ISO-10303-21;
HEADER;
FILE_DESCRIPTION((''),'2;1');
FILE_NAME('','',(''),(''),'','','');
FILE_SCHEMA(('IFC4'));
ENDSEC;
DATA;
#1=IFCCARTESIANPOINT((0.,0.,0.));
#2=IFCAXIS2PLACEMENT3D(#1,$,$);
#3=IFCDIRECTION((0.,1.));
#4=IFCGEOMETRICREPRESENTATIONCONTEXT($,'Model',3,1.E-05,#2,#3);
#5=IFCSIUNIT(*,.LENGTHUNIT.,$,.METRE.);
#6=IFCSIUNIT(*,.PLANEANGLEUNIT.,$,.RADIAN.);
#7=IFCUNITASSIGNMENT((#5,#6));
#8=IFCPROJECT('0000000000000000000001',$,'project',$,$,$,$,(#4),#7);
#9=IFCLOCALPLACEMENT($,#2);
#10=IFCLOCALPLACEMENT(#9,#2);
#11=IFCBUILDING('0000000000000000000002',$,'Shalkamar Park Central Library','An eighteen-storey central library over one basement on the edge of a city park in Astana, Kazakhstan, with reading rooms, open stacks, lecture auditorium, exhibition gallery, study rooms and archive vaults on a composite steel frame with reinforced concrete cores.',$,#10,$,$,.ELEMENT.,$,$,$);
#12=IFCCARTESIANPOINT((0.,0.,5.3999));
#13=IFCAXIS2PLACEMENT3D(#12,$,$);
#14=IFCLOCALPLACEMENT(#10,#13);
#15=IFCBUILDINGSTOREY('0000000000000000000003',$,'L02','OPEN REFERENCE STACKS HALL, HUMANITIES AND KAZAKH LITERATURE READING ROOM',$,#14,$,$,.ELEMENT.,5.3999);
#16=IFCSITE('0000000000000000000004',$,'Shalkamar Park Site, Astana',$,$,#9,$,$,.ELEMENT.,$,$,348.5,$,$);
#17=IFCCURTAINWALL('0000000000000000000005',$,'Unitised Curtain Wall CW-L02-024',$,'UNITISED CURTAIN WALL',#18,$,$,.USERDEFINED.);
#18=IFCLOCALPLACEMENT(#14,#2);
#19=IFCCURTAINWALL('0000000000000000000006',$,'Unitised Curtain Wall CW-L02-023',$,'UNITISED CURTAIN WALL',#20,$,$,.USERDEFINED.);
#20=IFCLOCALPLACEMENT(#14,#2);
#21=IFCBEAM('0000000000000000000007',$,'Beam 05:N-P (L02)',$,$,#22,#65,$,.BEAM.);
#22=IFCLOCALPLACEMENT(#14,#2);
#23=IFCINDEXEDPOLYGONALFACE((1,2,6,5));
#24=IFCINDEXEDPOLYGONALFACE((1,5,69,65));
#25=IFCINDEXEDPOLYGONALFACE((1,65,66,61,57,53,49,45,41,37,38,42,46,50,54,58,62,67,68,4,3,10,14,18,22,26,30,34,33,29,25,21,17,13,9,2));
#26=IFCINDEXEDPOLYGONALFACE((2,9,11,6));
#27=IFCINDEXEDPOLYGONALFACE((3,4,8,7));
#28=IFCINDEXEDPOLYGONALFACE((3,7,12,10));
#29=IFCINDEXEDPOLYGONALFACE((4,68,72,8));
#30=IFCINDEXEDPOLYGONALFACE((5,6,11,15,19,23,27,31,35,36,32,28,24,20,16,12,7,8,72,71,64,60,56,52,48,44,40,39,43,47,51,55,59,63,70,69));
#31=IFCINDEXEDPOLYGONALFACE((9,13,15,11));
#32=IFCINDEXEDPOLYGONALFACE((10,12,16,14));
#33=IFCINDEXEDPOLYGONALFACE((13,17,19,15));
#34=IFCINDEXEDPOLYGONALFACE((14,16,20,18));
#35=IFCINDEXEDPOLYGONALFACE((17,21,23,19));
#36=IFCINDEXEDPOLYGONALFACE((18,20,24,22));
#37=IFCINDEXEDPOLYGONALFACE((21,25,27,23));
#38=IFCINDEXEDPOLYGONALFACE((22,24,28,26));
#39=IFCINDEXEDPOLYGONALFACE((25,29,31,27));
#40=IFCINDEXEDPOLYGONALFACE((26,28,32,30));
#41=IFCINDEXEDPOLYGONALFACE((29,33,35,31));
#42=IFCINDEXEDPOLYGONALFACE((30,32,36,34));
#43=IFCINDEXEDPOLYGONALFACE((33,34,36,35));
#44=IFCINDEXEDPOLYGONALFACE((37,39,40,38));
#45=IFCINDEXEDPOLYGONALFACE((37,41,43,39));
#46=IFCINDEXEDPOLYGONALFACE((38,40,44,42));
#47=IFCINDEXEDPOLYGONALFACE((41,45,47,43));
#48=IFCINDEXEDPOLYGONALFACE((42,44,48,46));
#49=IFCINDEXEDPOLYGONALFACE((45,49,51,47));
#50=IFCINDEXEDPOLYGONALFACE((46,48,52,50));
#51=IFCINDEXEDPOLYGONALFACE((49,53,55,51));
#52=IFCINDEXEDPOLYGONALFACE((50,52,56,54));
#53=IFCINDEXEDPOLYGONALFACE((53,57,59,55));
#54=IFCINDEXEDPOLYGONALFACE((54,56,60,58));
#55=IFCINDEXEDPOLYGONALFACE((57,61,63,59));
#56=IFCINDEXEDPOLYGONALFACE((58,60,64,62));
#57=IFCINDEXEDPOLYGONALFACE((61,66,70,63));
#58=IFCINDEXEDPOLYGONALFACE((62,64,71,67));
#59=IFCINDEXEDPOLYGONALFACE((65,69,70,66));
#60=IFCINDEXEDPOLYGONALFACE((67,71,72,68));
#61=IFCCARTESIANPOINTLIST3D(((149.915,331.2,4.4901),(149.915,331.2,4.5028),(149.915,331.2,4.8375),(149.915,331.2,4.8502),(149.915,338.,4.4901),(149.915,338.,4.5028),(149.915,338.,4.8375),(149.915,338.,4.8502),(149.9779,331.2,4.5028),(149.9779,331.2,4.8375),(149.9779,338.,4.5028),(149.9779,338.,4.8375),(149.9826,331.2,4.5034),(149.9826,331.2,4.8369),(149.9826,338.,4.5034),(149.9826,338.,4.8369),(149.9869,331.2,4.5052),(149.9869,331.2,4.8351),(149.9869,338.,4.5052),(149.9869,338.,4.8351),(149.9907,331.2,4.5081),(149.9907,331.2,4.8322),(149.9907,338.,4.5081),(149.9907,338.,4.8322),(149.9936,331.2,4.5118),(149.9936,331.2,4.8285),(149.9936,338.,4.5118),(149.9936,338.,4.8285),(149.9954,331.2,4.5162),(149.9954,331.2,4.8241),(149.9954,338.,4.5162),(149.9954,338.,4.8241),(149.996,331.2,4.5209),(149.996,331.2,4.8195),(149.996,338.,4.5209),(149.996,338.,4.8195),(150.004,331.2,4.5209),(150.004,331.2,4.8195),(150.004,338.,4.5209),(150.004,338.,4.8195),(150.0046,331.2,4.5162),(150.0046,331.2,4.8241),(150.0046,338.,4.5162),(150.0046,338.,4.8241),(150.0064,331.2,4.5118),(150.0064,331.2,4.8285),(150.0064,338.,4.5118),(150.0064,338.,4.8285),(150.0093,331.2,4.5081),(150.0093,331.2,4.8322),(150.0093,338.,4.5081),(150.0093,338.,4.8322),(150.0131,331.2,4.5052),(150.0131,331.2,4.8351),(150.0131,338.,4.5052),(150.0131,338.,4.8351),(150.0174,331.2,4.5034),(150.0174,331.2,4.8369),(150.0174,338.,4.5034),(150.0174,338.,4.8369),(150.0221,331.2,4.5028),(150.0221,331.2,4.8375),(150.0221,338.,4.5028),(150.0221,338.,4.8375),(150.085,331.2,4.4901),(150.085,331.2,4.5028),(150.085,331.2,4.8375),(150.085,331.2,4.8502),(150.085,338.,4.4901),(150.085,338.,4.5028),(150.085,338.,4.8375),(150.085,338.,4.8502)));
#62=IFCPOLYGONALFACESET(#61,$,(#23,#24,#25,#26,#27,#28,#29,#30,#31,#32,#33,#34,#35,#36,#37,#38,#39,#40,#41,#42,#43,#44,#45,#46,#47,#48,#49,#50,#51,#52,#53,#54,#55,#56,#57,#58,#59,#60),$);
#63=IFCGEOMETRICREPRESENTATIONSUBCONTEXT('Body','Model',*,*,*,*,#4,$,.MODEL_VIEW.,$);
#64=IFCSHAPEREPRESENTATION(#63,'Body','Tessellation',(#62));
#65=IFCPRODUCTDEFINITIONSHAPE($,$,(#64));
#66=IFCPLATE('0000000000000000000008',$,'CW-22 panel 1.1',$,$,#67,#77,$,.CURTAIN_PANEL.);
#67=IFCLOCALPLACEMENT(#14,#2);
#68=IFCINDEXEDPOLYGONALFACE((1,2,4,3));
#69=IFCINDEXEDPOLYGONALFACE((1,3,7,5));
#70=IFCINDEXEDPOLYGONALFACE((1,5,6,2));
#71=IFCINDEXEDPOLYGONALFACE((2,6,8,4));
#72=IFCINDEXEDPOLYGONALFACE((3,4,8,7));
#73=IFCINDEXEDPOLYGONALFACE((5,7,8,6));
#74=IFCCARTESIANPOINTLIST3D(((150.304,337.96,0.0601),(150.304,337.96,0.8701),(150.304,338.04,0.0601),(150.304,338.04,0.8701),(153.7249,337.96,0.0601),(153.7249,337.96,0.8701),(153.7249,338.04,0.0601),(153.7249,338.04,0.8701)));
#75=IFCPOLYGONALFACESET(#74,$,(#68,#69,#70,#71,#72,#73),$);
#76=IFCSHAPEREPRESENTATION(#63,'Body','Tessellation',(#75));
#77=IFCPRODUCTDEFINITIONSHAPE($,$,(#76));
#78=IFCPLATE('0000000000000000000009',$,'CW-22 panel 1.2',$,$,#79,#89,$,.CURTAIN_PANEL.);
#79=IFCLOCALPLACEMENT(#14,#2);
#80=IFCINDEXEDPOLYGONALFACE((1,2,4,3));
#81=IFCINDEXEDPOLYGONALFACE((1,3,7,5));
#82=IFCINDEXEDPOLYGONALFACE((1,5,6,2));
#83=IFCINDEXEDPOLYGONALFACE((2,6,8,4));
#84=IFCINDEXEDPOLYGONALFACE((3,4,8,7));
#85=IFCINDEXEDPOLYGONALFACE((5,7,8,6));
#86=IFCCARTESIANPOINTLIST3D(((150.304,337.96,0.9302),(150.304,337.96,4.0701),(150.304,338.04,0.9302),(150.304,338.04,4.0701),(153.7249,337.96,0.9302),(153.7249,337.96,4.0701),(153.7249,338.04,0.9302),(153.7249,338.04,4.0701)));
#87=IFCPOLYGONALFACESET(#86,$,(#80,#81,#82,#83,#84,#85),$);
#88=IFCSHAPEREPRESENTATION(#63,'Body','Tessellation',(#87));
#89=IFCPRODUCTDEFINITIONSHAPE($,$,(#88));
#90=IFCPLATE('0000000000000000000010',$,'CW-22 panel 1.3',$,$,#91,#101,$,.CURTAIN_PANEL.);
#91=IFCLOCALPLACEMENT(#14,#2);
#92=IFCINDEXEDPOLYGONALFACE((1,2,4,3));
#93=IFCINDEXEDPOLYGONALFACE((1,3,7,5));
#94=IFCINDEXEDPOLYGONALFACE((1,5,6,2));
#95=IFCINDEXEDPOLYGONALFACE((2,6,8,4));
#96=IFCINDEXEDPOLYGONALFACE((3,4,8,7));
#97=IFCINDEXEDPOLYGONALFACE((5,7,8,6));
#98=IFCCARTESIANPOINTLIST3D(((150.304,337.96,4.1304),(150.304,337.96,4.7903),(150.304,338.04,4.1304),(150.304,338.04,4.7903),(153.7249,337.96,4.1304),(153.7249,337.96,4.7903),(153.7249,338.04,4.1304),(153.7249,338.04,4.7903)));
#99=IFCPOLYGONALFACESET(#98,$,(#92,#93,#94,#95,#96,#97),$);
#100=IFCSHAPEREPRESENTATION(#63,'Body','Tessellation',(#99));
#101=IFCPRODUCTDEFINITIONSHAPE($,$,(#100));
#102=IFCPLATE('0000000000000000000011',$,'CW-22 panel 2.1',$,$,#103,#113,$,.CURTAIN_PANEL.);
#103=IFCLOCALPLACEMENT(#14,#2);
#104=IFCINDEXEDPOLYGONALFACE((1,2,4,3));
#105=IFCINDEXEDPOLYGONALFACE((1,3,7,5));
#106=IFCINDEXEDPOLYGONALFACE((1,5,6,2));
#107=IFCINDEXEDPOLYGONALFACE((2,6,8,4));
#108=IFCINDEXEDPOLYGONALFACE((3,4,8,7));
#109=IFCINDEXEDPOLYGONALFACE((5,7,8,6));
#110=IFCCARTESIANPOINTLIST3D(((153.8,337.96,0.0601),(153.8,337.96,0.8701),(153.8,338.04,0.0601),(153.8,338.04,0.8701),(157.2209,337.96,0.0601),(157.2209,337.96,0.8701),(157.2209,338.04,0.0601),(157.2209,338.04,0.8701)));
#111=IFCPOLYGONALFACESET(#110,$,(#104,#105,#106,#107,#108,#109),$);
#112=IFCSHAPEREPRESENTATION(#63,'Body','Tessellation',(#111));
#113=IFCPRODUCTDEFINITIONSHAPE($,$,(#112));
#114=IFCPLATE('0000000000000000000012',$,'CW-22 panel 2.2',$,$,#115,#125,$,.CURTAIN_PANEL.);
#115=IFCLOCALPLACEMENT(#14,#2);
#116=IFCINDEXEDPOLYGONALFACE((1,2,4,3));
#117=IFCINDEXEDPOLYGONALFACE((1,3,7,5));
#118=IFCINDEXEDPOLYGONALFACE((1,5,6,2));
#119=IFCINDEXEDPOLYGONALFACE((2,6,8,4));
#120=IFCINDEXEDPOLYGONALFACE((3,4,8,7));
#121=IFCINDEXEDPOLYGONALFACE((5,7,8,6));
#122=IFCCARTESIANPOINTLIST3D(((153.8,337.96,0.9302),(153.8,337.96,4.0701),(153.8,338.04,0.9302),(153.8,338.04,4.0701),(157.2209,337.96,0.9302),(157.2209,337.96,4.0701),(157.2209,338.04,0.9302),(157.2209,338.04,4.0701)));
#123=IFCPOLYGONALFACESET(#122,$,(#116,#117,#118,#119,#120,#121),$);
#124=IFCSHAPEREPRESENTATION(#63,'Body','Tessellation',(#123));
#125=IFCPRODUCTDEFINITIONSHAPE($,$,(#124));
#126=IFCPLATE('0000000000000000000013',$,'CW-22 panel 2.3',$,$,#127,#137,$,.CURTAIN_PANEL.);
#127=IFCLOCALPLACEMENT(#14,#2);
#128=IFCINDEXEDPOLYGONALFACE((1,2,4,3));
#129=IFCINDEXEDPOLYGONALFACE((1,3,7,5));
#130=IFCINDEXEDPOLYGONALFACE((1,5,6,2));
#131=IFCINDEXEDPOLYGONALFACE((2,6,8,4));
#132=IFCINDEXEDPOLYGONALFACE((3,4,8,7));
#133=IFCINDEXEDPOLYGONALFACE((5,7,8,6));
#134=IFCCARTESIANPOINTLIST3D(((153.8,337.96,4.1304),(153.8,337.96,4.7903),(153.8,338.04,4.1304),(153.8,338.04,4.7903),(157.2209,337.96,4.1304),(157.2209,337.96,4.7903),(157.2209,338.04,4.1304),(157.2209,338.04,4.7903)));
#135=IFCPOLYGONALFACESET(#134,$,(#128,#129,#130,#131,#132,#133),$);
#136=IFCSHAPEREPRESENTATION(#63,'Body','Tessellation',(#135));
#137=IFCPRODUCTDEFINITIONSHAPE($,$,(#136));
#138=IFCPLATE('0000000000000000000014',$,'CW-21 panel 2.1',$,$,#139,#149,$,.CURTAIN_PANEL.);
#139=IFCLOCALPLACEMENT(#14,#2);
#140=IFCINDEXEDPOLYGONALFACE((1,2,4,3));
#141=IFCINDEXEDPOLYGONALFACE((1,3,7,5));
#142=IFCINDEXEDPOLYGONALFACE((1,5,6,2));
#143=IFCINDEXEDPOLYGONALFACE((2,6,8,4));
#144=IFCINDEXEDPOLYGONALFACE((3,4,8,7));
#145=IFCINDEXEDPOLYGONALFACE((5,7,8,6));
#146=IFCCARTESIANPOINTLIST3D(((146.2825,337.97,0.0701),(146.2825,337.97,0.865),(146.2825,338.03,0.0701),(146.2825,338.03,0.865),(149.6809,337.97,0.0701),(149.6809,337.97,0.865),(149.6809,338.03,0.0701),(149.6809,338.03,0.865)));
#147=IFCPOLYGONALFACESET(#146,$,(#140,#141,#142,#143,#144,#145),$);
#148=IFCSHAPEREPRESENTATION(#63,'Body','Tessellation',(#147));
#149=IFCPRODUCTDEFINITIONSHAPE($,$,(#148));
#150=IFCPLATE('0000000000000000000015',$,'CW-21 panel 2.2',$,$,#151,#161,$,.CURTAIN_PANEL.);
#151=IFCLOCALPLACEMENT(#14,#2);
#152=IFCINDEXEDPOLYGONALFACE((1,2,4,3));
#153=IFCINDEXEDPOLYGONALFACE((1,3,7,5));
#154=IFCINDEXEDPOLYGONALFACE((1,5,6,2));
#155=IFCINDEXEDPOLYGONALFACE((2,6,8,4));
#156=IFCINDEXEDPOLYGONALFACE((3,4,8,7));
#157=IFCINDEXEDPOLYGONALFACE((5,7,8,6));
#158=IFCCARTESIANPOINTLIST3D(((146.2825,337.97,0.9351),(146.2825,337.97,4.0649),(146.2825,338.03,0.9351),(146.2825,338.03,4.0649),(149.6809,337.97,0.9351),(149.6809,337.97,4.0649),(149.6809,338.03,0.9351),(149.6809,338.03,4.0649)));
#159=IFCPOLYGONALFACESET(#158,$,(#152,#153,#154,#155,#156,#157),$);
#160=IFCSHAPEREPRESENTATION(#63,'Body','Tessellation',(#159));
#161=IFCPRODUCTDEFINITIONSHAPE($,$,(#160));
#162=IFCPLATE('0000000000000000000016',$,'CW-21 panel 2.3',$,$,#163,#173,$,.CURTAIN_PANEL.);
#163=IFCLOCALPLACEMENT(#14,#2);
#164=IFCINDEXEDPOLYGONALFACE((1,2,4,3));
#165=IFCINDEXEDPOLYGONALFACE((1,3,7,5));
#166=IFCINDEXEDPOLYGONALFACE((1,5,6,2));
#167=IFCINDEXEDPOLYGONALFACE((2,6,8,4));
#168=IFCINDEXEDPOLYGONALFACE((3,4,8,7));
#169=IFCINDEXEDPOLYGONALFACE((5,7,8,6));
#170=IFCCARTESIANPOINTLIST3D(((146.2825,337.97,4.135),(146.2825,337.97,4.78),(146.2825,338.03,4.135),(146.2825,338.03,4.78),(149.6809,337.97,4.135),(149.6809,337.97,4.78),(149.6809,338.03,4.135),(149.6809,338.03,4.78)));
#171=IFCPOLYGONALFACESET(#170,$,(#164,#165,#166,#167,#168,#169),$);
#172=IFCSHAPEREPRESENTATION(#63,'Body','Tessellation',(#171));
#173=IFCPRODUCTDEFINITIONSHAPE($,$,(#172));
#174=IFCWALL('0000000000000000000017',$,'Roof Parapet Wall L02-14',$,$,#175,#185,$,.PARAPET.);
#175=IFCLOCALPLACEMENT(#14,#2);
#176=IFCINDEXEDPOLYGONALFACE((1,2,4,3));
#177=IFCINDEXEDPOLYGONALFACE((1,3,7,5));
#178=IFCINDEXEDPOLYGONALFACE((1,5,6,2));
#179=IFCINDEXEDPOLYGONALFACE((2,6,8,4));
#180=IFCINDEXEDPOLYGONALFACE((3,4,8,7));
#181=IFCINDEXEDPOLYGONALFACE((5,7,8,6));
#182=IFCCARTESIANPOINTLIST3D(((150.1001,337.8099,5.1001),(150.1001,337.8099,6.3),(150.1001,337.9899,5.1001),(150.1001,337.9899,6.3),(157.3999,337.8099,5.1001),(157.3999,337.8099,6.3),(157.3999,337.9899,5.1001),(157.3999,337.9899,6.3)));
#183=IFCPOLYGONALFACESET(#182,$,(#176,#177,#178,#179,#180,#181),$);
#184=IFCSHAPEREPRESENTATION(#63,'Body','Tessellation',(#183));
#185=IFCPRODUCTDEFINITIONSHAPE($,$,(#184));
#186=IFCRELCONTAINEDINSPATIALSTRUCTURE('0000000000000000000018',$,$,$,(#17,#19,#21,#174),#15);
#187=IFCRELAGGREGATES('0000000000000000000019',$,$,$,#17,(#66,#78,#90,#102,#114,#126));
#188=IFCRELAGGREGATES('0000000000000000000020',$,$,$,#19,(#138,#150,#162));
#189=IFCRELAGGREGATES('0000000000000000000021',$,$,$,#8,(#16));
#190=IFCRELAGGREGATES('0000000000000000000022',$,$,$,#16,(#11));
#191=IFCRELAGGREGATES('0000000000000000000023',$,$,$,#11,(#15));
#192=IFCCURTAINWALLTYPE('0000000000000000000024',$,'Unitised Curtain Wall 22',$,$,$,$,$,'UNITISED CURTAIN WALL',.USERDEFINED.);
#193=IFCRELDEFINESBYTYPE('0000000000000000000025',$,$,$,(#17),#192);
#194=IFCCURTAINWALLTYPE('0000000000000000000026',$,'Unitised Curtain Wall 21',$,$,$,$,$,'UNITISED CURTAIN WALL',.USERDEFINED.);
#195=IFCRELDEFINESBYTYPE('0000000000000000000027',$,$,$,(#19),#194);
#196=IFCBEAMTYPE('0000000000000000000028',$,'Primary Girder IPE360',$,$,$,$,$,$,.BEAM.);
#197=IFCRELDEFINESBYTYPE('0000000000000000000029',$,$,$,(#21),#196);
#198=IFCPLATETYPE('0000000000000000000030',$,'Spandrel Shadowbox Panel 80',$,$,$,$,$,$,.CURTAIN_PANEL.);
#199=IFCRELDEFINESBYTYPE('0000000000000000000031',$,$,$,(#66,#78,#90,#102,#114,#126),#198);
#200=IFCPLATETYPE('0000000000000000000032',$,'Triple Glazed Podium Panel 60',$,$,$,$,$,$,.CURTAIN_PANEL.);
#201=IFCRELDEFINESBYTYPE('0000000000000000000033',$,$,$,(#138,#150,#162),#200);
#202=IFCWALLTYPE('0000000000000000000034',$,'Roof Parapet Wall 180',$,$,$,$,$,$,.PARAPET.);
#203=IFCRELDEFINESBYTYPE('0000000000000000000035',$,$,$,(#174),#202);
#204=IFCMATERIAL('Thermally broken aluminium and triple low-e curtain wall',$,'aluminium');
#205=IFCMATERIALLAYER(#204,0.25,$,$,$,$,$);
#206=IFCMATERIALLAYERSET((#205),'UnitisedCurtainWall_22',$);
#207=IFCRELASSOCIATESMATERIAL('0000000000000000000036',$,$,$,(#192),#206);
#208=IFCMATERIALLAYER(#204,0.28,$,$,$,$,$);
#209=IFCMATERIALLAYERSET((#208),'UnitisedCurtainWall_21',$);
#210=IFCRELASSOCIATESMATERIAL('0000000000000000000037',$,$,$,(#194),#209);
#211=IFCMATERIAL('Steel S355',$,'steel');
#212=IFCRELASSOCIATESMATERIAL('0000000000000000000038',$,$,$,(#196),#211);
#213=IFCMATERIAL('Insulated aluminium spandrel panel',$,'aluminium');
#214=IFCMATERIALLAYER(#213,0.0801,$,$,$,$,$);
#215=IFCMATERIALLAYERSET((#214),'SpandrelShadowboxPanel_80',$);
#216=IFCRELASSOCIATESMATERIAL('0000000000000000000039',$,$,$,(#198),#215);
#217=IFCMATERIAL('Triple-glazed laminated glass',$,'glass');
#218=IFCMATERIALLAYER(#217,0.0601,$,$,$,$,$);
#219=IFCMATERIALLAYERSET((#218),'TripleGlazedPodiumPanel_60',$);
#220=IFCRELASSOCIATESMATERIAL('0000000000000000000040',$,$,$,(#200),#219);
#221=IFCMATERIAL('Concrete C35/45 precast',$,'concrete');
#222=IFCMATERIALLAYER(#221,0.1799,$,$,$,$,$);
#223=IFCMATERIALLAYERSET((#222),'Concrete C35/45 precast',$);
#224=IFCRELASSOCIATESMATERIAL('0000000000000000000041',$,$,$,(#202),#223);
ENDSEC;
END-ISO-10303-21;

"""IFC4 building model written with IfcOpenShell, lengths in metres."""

from ifc_helpers import new_model, si_unit, direction, frame, frame_2d, origin, origin_2d, place, context, subcontext, project, spatial, rectangle, i_section, extrude, material, layer, layer_set, material_profile, profile_set, type_object, element, aggregate, save


model = new_model("IFC4")

# Units and contexts
model_context = context("Model", 3, precision=1e-05, world=origin(), true_north=direction((0.0, 1.0)))
body_context = subcontext(model_context, "Body", "Model", "MODEL_VIEW")
ifc_project = project(units=[si_unit("LENGTHUNIT", "METRE"), si_unit("PLANEANGLEUNIT", "RADIAN")], contexts=[model_context])

# Site, building, storey
site_placement = place(None, origin())
site = spatial("IfcSite", under=ifc_project, at=site_placement, Name="Shalkamar Park Site, Astana", CompositionType="ELEMENT", RefElevation=348.5)
building_placement = place(site_placement, origin())
building = spatial("IfcBuilding", under=site, at=building_placement, Name="Shalkamar Park Central Library", Description="An eighteen-storey central library over one basement on the edge of a city park in Astana, Kazakhstan, with reading rooms, open stacks, lecture auditorium, exhibition gallery, study rooms and archive vaults on a composite steel frame with reinforced concrete cores.", CompositionType="ELEMENT")
storey_placement = place(building_placement, frame((0.0, 0.0, 5.3999)))
storey = spatial("IfcBuildingStorey", under=building, at=storey_placement, Name="L02", Description="OPEN REFERENCE STACKS HALL, HUMANITIES AND KAZAKH LITERATURE READING ROOM", CompositionType="ELEMENT", Elevation=5.3999)

# Shared definitions
ifc_material_1 = material(Name="Steel S355", Category="steel")

# Curtain wall
ifc_material_2 = material(Name="Thermally broken aluminium and triple low-e curtain wall", Category="aluminium")
ifc_layer_1 = layer(ifc_material_2, 0.25)
ifc_layer_set_1 = layer_set([ifc_layer_1], Name="UnitisedCurtainWall_22")
curtain_wall_type_1 = type_object("IfcCurtainWallType", Name="Unitised Curtain Wall 22", ElementType="UNITISED CURTAIN WALL", PredefinedType="USERDEFINED", material=ifc_layer_set_1)
curtain_wall_1_placement = place(storey_placement, origin())
curtain_wall_1 = element("IfcCurtainWall", 1, at=curtain_wall_1_placement, inside=storey, type_object=curtain_wall_type_1, Name="Unitised Curtain Wall CW-L02-024", ObjectType="UNITISED CURTAIN WALL", PredefinedType="USERDEFINED")

# Curtain wall
ifc_layer_2 = layer(ifc_material_2, 0.28)
ifc_layer_set_2 = layer_set([ifc_layer_2], Name="UnitisedCurtainWall_21")
curtain_wall_type_2 = type_object("IfcCurtainWallType", Name="Unitised Curtain Wall 21", ElementType="UNITISED CURTAIN WALL", PredefinedType="USERDEFINED", material=ifc_layer_set_2)
curtain_wall_2_placement = place(storey_placement, origin())
curtain_wall_2 = element("IfcCurtainWall", 2, at=curtain_wall_2_placement, inside=storey, type_object=curtain_wall_type_2, Name="Unitised Curtain Wall CW-L02-023", ObjectType="UNITISED CURTAIN WALL", PredefinedType="USERDEFINED")

# Beam
ifc_material_profile_1 = material_profile(ifc_material_1, i_section(OverallWidth=0.1699, OverallDepth=0.3601, WebThickness=0.0081, FlangeThickness=0.0127, FilletRadius=0.0181, at=origin_2d()), Name="IPE 360")
ifc_profile_set_1 = profile_set([ifc_material_profile_1], Name="Steel S355")
beam_type_1 = type_object("IfcBeamType", Name="Primary Girder IPE360", PredefinedType="BEAM", material=ifc_profile_set_1)
beam_1_placement = place(storey_placement, frame((150.0, 331.2, 4.6702), z_axis=(0.0, 1.0, 0.0), x_axis=(-1.0, 0.0, 0.0)))
element("IfcBeam", 3, at=beam_1_placement, inside=storey, type_object=beam_type_1, Name="Beam 05:N-P (L02)", PredefinedType="BEAM", context=body_context, shape_type="SweptSolid", body=[
    extrude(i_section(OverallWidth=0.1699, OverallDepth=0.3601, WebThickness=0.0081, FlangeThickness=0.0127, FilletRadius=0.0181, at=origin_2d()), origin(), (0.0, 0.0, 1.0), 6.8),
])

# Plates
ifc_material_3 = material(Name="Insulated aluminium spandrel panel", Category="aluminium")
ifc_layer_3 = layer(ifc_material_3, 0.0801)
ifc_layer_set_3 = layer_set([ifc_layer_3], Name="SpandrelShadowboxPanel_80")
plate_type_1 = type_object("IfcPlateType", Name="Spandrel Shadowbox Panel 80", PredefinedType="CURTAIN_PANEL", material=ifc_layer_set_3)
plate_1_placement = place(storey_placement, frame((152.0144, 338.0, 0.0601), z_axis=(0.0, 0.0, 1.0), x_axis=(1.0, 0.0, 0.0)))
plate_1 = element("IfcPlate", 4, at=plate_1_placement, type_object=plate_type_1, Name="CW-22 panel 1.1", PredefinedType="CURTAIN_PANEL", context=body_context, shape_type="SweptSolid", body=[
    extrude(rectangle(XDim=3.4209, YDim=0.0801, at=origin_2d()), origin(), (0.0, 0.0, 1.0), 0.8101),
])
plate_2_placement = place(storey_placement, frame((152.0144, 338.0, 0.9302), z_axis=(0.0, 0.0, 1.0), x_axis=(1.0, 0.0, 0.0)))
plate_2 = element("IfcPlate", 5, at=plate_2_placement, type_object=plate_type_1, Name="CW-22 panel 1.2", PredefinedType="CURTAIN_PANEL", context=body_context, shape_type="SweptSolid", body=[
    extrude(rectangle(XDim=3.4209, YDim=0.0801, at=origin_2d()), origin(), (0.0, 0.0, 1.0), 3.1399),
])
plate_3_placement = place(storey_placement, frame((152.0144, 338.0, 4.1304), z_axis=(0.0, 0.0, 1.0), x_axis=(1.0, 0.0, 0.0)))
plate_3 = element("IfcPlate", 6, at=plate_3_placement, type_object=plate_type_1, Name="CW-22 panel 1.3", PredefinedType="CURTAIN_PANEL", context=body_context, shape_type="SweptSolid", body=[
    extrude(rectangle(XDim=3.4209, YDim=0.0801, at=origin_2d()), origin(), (0.0, 0.0, 1.0), 0.6599),
])
plate_4_placement = place(storey_placement, frame((155.5105, 338.0, 0.0601), z_axis=(0.0, 0.0, 1.0), x_axis=(1.0, 0.0, 0.0)))
plate_4 = element("IfcPlate", 7, at=plate_4_placement, type_object=plate_type_1, Name="CW-22 panel 2.1", PredefinedType="CURTAIN_PANEL", context=body_context, shape_type="SweptSolid", body=[
    extrude(rectangle(XDim=3.4209, YDim=0.0801, at=origin_2d()), origin(), (0.0, 0.0, 1.0), 0.8101),
])
plate_5_placement = place(storey_placement, frame((155.5105, 338.0, 0.9302), z_axis=(0.0, 0.0, 1.0), x_axis=(1.0, 0.0, 0.0)))
plate_5 = element("IfcPlate", 8, at=plate_5_placement, type_object=plate_type_1, Name="CW-22 panel 2.2", PredefinedType="CURTAIN_PANEL", context=body_context, shape_type="SweptSolid", body=[
    extrude(rectangle(XDim=3.4209, YDim=0.0801, at=origin_2d()), origin(), (0.0, 0.0, 1.0), 3.1399),
])
plate_6_placement = place(storey_placement, frame((155.5105, 338.0, 4.1304), z_axis=(0.0, 0.0, 1.0), x_axis=(1.0, 0.0, 0.0)))
plate_6 = element("IfcPlate", 9, at=plate_6_placement, type_object=plate_type_1, Name="CW-22 panel 2.3", PredefinedType="CURTAIN_PANEL", context=body_context, shape_type="SweptSolid", body=[
    extrude(rectangle(XDim=3.4209, YDim=0.0801, at=origin_2d()), origin(), (0.0, 0.0, 1.0), 0.6599),
])
aggregate(curtain_wall_1, [plate_1, plate_2, plate_3, plate_4, plate_5, plate_6])
ifc_material_4 = material(Name="Triple-glazed laminated glass", Category="glass")
ifc_layer_4 = layer(ifc_material_4, 0.0601)
ifc_layer_set_4 = layer_set([ifc_layer_4], Name="TripleGlazedPodiumPanel_60")
plate_type_2 = type_object("IfcPlateType", Name="Triple Glazed Podium Panel 60", PredefinedType="CURTAIN_PANEL", material=ifc_layer_set_4)
plate_7_placement = place(storey_placement, frame((147.9817, 338.0, 0.0701), z_axis=(0.0, 0.0, 1.0), x_axis=(1.0, 0.0, 0.0)))
plate_7 = element("IfcPlate", 10, at=plate_7_placement, type_object=plate_type_2, Name="CW-21 panel 2.1", PredefinedType="CURTAIN_PANEL", context=body_context, shape_type="SweptSolid", body=[
    extrude(rectangle(XDim=3.3984, YDim=0.0601, at=origin_2d()), origin(), (0.0, 0.0, 1.0), 0.7949),
])
plate_8_placement = place(storey_placement, frame((147.9817, 338.0, 0.9351), z_axis=(0.0, 0.0, 1.0), x_axis=(1.0, 0.0, 0.0)))
plate_8 = element("IfcPlate", 11, at=plate_8_placement, type_object=plate_type_2, Name="CW-21 panel 2.2", PredefinedType="CURTAIN_PANEL", context=body_context, shape_type="SweptSolid", body=[
    extrude(rectangle(XDim=3.3984, YDim=0.0601, at=origin_2d()), origin(), (0.0, 0.0, 1.0), 3.1299),
])
plate_9_placement = place(storey_placement, frame((147.9817, 338.0, 4.135), z_axis=(0.0, 0.0, 1.0), x_axis=(1.0, 0.0, 0.0)))
plate_9 = element("IfcPlate", 12, at=plate_9_placement, type_object=plate_type_2, Name="CW-21 panel 2.3", PredefinedType="CURTAIN_PANEL", context=body_context, shape_type="SweptSolid", body=[
    extrude(rectangle(XDim=3.3984, YDim=0.0601, at=origin_2d()), origin(), (0.0, 0.0, 1.0), 0.645),
])
aggregate(curtain_wall_2, [plate_7, plate_8, plate_9])

# Wall
ifc_material_5 = material(Name="Concrete C35/45 precast", Category="concrete")
ifc_layer_5 = layer(ifc_material_5, 0.1799)
ifc_layer_set_5 = layer_set([ifc_layer_5], Name="Concrete C35/45 precast")
wall_type = type_object("IfcWallType", Name="Roof Parapet Wall 180", PredefinedType="PARAPET", material=ifc_layer_set_5)
wall_placement = place(storey_placement, frame((150.1001, 337.8999, 5.1001), z_axis=(0.0, 0.0, 1.0), x_axis=(1.0, 0.0, 0.0)))
element("IfcWall", 13, at=wall_placement, inside=storey, type_object=wall_type, Name="Roof Parapet Wall L02-14", PredefinedType="PARAPET", context=body_context, shape_type="SweptSolid", body=[
    extrude(rectangle(XDim=7.2998, YDim=0.1799, at=frame_2d((3.6499, 0.0))), origin(), (0.0, 0.0, 1.0), 1.2),
])

save(model, "model.ifc")
